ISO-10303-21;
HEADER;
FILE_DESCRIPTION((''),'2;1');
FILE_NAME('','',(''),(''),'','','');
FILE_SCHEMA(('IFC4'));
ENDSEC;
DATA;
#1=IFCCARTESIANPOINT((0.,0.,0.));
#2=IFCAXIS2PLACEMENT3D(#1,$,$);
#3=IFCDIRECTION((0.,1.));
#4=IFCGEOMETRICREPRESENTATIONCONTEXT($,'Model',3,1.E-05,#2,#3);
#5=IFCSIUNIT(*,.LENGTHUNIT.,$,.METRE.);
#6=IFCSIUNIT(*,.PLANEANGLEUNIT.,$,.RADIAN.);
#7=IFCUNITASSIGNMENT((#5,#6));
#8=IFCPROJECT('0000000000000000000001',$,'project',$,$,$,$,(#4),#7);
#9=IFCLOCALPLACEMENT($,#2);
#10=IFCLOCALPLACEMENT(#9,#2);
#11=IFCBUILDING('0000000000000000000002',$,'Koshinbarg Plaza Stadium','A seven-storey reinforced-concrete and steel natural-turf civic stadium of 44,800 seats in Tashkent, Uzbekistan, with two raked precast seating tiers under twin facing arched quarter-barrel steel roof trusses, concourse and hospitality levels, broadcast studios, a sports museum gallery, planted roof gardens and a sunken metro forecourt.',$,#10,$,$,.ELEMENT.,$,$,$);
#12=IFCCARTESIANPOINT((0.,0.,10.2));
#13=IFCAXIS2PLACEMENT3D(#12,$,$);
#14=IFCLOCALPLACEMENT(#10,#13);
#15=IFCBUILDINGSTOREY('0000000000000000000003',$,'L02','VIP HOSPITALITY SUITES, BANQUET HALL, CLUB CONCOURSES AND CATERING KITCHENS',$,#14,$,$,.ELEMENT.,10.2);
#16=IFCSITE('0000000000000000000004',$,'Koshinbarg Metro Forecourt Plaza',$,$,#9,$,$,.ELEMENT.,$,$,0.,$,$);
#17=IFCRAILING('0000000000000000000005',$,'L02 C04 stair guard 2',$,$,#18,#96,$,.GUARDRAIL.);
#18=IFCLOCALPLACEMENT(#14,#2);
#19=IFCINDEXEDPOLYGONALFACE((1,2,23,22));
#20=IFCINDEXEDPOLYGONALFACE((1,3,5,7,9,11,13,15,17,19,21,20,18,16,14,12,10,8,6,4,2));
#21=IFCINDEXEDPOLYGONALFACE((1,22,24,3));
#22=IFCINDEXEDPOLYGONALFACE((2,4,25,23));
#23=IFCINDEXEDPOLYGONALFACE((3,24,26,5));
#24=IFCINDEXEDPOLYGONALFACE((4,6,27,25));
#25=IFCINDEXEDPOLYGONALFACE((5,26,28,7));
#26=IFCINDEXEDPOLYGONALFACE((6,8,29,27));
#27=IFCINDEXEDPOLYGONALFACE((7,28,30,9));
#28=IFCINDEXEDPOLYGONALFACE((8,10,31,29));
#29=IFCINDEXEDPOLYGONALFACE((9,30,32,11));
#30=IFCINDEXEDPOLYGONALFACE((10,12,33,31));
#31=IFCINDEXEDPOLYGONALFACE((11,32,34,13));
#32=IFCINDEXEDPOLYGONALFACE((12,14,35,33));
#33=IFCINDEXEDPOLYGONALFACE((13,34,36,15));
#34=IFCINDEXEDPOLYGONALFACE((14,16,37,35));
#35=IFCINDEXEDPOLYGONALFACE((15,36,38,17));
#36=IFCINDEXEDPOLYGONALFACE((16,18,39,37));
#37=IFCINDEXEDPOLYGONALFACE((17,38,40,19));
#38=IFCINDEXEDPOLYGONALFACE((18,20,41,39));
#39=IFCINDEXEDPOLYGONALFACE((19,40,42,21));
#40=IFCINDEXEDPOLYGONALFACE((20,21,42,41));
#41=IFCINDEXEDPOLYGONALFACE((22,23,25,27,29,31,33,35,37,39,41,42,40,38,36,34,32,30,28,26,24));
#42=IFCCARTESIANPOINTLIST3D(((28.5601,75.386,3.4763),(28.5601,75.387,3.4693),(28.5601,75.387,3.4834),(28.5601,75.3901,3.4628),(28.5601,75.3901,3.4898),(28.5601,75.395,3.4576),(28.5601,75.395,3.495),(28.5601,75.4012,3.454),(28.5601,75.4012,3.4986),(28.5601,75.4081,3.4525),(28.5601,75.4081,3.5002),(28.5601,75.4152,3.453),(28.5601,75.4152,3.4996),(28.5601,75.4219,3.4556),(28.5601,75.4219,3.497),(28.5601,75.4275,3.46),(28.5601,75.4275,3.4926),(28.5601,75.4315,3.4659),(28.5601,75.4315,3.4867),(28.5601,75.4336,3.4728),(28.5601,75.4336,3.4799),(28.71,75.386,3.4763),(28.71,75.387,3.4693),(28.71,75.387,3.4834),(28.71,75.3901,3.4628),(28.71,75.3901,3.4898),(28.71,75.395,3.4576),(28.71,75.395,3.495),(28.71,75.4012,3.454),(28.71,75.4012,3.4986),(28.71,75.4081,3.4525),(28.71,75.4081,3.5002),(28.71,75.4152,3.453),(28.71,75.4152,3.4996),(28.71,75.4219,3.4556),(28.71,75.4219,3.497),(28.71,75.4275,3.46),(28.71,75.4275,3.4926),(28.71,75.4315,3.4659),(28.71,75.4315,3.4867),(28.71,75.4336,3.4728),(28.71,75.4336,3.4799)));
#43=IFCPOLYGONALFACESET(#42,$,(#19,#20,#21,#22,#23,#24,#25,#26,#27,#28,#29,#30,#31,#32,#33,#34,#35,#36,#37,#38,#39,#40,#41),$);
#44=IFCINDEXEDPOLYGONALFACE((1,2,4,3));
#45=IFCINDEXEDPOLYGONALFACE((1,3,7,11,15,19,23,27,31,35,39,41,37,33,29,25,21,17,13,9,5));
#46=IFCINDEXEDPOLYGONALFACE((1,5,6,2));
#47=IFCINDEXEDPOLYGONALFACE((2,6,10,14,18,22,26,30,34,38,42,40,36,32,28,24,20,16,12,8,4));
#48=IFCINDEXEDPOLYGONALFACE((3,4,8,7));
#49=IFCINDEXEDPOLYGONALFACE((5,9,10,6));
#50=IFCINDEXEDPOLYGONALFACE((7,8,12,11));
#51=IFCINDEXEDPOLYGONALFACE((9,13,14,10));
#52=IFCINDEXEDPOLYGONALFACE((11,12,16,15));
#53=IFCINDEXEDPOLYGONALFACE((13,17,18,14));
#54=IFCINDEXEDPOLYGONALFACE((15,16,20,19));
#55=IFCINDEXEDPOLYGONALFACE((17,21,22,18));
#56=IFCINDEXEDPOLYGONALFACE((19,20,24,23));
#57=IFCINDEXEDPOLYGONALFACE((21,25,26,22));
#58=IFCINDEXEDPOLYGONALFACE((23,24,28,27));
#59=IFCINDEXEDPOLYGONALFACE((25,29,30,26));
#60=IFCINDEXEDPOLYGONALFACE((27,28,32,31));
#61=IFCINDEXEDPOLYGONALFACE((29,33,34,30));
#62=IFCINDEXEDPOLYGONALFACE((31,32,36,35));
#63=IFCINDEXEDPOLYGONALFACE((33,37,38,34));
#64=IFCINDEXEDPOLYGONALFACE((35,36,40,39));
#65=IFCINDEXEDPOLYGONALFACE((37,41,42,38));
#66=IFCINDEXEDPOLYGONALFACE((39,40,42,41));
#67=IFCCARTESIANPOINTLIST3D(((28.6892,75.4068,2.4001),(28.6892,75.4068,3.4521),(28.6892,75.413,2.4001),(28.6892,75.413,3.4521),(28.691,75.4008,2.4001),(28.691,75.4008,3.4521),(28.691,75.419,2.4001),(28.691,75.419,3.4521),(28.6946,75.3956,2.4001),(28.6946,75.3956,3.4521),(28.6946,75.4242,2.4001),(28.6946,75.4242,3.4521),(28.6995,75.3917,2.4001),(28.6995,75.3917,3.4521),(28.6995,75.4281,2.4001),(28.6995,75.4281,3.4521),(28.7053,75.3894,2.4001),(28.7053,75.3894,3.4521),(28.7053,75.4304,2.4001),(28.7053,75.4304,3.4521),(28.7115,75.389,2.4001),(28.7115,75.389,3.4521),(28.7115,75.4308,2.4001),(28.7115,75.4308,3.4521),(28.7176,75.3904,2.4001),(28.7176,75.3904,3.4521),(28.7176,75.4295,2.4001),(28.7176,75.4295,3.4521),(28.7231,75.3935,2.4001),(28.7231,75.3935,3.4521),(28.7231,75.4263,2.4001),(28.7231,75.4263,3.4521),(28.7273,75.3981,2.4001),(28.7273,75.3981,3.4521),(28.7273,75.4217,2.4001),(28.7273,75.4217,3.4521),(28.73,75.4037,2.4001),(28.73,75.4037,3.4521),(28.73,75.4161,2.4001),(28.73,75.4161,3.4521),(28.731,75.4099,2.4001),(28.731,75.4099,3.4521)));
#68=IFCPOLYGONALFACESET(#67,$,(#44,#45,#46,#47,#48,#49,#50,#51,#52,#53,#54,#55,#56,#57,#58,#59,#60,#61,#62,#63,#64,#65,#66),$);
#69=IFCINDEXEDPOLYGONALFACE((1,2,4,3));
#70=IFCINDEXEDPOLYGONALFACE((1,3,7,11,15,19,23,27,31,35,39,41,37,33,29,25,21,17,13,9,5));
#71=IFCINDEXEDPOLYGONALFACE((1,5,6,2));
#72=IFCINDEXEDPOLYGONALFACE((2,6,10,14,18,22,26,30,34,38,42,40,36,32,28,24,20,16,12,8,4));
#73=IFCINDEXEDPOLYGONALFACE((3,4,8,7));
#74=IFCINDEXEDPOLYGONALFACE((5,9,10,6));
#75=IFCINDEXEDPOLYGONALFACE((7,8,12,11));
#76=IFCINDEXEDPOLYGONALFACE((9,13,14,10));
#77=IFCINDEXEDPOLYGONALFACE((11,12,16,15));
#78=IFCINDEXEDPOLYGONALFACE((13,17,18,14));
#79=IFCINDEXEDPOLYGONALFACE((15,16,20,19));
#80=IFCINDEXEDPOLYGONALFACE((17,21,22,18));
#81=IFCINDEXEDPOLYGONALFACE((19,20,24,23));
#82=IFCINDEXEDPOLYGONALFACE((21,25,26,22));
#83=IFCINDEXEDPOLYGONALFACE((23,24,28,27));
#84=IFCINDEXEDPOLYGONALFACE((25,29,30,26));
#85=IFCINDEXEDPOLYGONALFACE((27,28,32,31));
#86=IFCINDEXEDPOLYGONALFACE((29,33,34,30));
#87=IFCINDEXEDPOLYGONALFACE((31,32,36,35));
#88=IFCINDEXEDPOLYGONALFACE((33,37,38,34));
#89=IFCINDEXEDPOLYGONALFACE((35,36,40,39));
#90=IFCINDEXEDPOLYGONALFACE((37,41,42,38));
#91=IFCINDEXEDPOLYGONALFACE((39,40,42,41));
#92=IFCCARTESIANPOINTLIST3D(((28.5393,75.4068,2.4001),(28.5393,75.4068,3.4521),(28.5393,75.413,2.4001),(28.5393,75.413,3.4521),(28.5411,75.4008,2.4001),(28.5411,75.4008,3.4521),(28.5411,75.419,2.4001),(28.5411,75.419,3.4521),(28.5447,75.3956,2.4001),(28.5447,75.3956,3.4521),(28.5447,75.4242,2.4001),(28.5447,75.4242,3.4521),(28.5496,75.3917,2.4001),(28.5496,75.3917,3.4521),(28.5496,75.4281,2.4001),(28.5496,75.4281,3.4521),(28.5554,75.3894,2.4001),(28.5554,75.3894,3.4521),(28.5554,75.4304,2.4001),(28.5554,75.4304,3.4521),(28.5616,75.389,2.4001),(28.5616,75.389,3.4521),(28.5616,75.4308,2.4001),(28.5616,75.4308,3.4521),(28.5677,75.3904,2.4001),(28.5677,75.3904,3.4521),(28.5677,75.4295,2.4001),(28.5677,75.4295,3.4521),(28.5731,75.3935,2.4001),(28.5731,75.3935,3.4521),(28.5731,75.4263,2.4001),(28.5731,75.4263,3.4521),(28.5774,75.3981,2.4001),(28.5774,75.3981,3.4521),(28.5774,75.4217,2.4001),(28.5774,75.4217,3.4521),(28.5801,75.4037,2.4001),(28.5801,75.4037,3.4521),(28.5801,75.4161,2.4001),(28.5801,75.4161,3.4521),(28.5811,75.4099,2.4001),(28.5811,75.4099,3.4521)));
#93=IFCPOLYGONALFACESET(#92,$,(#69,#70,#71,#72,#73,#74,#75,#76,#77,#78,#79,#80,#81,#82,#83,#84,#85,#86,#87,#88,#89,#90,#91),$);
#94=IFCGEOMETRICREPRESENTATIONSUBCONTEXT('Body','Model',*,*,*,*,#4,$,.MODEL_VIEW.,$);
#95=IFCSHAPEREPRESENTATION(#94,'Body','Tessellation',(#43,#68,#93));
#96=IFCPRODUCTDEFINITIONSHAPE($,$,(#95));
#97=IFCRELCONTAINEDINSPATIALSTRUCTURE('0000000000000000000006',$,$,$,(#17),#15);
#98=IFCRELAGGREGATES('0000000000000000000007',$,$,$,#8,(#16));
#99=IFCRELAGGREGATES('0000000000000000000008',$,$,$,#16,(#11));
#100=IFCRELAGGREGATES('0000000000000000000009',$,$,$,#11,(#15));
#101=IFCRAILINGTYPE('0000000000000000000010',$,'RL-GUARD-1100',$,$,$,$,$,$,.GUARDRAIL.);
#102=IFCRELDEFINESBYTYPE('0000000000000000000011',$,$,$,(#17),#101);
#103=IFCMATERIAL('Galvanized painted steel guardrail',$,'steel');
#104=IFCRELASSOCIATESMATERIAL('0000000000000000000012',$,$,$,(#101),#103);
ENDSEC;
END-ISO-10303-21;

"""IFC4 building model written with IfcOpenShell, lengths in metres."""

from ifc_helpers import new_model, si_unit, direction, frame, origin, origin_2d, place, context, subcontext, project, spatial, circle, extrude, material, type_object, element, save


model = new_model("IFC4")

# Units and contexts
model_context = context("Model", 3, precision=1e-05, world=origin(), true_north=direction((0.0, 1.0)))
body_context = subcontext(model_context, "Body", "Model", "MODEL_VIEW")
ifc_project = project(units=[si_unit("LENGTHUNIT", "METRE"), si_unit("PLANEANGLEUNIT", "RADIAN")], contexts=[model_context])

# Site, building, storey
site_placement = place(None, origin())
site = spatial("IfcSite", under=ifc_project, at=site_placement, Name="Koshinbarg Metro Forecourt Plaza", CompositionType="ELEMENT", RefElevation=0.0)
building_placement = place(site_placement, origin())
building = spatial("IfcBuilding", under=site, at=building_placement, Name="Koshinbarg Plaza Stadium", Description="A seven-storey reinforced-concrete and steel natural-turf civic stadium of 44,800 seats in Tashkent, Uzbekistan, with two raked precast seating tiers under twin facing arched quarter-barrel steel roof trusses, concourse and hospitality levels, broadcast studios, a sports museum gallery, planted roof gardens and a sunken metro forecourt.", CompositionType="ELEMENT")
storey_placement = place(building_placement, frame((0.0, 0.0, 10.2)))
storey = spatial("IfcBuildingStorey", under=building, at=storey_placement, Name="L02", Description="VIP HOSPITALITY SUITES, BANQUET HALL, CLUB CONCOURSES AND CATERING KITCHENS", CompositionType="ELEMENT", Elevation=10.2)

# Railing
ifc_material_1 = material(Name="Galvanized painted steel guardrail", Category="steel")
railing_type_1 = type_object("IfcRailingType", Name="RL-GUARD-1100", PredefinedType="GUARDRAIL", material=ifc_material_1)
railing_1_placement = place(storey_placement, frame((28.71, 75.4099, 2.4001)))
element("IfcRailing", 1, at=railing_1_placement, inside=storey, type_object=railing_type_1, Name="L02 C04 stair guard 2", PredefinedType="GUARDRAIL", context=body_context, shape_type="SweptSolid", body=[
    extrude(circle(Radius=0.0239, at=origin_2d()), frame((0.0, 0.0, 1.0762), z_axis=(-1.0, 0.0, 0.0), x_axis=(0.0, -1.0, 0.0)), (0.0, 0.0, 1.0), 0.1499),
    extrude(circle(Radius=0.021, at=origin_2d()), origin(), (0.0, 0.0, 1.0), 1.052),
    extrude(circle(Radius=0.021, at=origin_2d()), frame((-0.1499, 0.0, 0.0)), (0.0, 0.0, 1.0), 1.052),
])

save(model, "model.ifc")
